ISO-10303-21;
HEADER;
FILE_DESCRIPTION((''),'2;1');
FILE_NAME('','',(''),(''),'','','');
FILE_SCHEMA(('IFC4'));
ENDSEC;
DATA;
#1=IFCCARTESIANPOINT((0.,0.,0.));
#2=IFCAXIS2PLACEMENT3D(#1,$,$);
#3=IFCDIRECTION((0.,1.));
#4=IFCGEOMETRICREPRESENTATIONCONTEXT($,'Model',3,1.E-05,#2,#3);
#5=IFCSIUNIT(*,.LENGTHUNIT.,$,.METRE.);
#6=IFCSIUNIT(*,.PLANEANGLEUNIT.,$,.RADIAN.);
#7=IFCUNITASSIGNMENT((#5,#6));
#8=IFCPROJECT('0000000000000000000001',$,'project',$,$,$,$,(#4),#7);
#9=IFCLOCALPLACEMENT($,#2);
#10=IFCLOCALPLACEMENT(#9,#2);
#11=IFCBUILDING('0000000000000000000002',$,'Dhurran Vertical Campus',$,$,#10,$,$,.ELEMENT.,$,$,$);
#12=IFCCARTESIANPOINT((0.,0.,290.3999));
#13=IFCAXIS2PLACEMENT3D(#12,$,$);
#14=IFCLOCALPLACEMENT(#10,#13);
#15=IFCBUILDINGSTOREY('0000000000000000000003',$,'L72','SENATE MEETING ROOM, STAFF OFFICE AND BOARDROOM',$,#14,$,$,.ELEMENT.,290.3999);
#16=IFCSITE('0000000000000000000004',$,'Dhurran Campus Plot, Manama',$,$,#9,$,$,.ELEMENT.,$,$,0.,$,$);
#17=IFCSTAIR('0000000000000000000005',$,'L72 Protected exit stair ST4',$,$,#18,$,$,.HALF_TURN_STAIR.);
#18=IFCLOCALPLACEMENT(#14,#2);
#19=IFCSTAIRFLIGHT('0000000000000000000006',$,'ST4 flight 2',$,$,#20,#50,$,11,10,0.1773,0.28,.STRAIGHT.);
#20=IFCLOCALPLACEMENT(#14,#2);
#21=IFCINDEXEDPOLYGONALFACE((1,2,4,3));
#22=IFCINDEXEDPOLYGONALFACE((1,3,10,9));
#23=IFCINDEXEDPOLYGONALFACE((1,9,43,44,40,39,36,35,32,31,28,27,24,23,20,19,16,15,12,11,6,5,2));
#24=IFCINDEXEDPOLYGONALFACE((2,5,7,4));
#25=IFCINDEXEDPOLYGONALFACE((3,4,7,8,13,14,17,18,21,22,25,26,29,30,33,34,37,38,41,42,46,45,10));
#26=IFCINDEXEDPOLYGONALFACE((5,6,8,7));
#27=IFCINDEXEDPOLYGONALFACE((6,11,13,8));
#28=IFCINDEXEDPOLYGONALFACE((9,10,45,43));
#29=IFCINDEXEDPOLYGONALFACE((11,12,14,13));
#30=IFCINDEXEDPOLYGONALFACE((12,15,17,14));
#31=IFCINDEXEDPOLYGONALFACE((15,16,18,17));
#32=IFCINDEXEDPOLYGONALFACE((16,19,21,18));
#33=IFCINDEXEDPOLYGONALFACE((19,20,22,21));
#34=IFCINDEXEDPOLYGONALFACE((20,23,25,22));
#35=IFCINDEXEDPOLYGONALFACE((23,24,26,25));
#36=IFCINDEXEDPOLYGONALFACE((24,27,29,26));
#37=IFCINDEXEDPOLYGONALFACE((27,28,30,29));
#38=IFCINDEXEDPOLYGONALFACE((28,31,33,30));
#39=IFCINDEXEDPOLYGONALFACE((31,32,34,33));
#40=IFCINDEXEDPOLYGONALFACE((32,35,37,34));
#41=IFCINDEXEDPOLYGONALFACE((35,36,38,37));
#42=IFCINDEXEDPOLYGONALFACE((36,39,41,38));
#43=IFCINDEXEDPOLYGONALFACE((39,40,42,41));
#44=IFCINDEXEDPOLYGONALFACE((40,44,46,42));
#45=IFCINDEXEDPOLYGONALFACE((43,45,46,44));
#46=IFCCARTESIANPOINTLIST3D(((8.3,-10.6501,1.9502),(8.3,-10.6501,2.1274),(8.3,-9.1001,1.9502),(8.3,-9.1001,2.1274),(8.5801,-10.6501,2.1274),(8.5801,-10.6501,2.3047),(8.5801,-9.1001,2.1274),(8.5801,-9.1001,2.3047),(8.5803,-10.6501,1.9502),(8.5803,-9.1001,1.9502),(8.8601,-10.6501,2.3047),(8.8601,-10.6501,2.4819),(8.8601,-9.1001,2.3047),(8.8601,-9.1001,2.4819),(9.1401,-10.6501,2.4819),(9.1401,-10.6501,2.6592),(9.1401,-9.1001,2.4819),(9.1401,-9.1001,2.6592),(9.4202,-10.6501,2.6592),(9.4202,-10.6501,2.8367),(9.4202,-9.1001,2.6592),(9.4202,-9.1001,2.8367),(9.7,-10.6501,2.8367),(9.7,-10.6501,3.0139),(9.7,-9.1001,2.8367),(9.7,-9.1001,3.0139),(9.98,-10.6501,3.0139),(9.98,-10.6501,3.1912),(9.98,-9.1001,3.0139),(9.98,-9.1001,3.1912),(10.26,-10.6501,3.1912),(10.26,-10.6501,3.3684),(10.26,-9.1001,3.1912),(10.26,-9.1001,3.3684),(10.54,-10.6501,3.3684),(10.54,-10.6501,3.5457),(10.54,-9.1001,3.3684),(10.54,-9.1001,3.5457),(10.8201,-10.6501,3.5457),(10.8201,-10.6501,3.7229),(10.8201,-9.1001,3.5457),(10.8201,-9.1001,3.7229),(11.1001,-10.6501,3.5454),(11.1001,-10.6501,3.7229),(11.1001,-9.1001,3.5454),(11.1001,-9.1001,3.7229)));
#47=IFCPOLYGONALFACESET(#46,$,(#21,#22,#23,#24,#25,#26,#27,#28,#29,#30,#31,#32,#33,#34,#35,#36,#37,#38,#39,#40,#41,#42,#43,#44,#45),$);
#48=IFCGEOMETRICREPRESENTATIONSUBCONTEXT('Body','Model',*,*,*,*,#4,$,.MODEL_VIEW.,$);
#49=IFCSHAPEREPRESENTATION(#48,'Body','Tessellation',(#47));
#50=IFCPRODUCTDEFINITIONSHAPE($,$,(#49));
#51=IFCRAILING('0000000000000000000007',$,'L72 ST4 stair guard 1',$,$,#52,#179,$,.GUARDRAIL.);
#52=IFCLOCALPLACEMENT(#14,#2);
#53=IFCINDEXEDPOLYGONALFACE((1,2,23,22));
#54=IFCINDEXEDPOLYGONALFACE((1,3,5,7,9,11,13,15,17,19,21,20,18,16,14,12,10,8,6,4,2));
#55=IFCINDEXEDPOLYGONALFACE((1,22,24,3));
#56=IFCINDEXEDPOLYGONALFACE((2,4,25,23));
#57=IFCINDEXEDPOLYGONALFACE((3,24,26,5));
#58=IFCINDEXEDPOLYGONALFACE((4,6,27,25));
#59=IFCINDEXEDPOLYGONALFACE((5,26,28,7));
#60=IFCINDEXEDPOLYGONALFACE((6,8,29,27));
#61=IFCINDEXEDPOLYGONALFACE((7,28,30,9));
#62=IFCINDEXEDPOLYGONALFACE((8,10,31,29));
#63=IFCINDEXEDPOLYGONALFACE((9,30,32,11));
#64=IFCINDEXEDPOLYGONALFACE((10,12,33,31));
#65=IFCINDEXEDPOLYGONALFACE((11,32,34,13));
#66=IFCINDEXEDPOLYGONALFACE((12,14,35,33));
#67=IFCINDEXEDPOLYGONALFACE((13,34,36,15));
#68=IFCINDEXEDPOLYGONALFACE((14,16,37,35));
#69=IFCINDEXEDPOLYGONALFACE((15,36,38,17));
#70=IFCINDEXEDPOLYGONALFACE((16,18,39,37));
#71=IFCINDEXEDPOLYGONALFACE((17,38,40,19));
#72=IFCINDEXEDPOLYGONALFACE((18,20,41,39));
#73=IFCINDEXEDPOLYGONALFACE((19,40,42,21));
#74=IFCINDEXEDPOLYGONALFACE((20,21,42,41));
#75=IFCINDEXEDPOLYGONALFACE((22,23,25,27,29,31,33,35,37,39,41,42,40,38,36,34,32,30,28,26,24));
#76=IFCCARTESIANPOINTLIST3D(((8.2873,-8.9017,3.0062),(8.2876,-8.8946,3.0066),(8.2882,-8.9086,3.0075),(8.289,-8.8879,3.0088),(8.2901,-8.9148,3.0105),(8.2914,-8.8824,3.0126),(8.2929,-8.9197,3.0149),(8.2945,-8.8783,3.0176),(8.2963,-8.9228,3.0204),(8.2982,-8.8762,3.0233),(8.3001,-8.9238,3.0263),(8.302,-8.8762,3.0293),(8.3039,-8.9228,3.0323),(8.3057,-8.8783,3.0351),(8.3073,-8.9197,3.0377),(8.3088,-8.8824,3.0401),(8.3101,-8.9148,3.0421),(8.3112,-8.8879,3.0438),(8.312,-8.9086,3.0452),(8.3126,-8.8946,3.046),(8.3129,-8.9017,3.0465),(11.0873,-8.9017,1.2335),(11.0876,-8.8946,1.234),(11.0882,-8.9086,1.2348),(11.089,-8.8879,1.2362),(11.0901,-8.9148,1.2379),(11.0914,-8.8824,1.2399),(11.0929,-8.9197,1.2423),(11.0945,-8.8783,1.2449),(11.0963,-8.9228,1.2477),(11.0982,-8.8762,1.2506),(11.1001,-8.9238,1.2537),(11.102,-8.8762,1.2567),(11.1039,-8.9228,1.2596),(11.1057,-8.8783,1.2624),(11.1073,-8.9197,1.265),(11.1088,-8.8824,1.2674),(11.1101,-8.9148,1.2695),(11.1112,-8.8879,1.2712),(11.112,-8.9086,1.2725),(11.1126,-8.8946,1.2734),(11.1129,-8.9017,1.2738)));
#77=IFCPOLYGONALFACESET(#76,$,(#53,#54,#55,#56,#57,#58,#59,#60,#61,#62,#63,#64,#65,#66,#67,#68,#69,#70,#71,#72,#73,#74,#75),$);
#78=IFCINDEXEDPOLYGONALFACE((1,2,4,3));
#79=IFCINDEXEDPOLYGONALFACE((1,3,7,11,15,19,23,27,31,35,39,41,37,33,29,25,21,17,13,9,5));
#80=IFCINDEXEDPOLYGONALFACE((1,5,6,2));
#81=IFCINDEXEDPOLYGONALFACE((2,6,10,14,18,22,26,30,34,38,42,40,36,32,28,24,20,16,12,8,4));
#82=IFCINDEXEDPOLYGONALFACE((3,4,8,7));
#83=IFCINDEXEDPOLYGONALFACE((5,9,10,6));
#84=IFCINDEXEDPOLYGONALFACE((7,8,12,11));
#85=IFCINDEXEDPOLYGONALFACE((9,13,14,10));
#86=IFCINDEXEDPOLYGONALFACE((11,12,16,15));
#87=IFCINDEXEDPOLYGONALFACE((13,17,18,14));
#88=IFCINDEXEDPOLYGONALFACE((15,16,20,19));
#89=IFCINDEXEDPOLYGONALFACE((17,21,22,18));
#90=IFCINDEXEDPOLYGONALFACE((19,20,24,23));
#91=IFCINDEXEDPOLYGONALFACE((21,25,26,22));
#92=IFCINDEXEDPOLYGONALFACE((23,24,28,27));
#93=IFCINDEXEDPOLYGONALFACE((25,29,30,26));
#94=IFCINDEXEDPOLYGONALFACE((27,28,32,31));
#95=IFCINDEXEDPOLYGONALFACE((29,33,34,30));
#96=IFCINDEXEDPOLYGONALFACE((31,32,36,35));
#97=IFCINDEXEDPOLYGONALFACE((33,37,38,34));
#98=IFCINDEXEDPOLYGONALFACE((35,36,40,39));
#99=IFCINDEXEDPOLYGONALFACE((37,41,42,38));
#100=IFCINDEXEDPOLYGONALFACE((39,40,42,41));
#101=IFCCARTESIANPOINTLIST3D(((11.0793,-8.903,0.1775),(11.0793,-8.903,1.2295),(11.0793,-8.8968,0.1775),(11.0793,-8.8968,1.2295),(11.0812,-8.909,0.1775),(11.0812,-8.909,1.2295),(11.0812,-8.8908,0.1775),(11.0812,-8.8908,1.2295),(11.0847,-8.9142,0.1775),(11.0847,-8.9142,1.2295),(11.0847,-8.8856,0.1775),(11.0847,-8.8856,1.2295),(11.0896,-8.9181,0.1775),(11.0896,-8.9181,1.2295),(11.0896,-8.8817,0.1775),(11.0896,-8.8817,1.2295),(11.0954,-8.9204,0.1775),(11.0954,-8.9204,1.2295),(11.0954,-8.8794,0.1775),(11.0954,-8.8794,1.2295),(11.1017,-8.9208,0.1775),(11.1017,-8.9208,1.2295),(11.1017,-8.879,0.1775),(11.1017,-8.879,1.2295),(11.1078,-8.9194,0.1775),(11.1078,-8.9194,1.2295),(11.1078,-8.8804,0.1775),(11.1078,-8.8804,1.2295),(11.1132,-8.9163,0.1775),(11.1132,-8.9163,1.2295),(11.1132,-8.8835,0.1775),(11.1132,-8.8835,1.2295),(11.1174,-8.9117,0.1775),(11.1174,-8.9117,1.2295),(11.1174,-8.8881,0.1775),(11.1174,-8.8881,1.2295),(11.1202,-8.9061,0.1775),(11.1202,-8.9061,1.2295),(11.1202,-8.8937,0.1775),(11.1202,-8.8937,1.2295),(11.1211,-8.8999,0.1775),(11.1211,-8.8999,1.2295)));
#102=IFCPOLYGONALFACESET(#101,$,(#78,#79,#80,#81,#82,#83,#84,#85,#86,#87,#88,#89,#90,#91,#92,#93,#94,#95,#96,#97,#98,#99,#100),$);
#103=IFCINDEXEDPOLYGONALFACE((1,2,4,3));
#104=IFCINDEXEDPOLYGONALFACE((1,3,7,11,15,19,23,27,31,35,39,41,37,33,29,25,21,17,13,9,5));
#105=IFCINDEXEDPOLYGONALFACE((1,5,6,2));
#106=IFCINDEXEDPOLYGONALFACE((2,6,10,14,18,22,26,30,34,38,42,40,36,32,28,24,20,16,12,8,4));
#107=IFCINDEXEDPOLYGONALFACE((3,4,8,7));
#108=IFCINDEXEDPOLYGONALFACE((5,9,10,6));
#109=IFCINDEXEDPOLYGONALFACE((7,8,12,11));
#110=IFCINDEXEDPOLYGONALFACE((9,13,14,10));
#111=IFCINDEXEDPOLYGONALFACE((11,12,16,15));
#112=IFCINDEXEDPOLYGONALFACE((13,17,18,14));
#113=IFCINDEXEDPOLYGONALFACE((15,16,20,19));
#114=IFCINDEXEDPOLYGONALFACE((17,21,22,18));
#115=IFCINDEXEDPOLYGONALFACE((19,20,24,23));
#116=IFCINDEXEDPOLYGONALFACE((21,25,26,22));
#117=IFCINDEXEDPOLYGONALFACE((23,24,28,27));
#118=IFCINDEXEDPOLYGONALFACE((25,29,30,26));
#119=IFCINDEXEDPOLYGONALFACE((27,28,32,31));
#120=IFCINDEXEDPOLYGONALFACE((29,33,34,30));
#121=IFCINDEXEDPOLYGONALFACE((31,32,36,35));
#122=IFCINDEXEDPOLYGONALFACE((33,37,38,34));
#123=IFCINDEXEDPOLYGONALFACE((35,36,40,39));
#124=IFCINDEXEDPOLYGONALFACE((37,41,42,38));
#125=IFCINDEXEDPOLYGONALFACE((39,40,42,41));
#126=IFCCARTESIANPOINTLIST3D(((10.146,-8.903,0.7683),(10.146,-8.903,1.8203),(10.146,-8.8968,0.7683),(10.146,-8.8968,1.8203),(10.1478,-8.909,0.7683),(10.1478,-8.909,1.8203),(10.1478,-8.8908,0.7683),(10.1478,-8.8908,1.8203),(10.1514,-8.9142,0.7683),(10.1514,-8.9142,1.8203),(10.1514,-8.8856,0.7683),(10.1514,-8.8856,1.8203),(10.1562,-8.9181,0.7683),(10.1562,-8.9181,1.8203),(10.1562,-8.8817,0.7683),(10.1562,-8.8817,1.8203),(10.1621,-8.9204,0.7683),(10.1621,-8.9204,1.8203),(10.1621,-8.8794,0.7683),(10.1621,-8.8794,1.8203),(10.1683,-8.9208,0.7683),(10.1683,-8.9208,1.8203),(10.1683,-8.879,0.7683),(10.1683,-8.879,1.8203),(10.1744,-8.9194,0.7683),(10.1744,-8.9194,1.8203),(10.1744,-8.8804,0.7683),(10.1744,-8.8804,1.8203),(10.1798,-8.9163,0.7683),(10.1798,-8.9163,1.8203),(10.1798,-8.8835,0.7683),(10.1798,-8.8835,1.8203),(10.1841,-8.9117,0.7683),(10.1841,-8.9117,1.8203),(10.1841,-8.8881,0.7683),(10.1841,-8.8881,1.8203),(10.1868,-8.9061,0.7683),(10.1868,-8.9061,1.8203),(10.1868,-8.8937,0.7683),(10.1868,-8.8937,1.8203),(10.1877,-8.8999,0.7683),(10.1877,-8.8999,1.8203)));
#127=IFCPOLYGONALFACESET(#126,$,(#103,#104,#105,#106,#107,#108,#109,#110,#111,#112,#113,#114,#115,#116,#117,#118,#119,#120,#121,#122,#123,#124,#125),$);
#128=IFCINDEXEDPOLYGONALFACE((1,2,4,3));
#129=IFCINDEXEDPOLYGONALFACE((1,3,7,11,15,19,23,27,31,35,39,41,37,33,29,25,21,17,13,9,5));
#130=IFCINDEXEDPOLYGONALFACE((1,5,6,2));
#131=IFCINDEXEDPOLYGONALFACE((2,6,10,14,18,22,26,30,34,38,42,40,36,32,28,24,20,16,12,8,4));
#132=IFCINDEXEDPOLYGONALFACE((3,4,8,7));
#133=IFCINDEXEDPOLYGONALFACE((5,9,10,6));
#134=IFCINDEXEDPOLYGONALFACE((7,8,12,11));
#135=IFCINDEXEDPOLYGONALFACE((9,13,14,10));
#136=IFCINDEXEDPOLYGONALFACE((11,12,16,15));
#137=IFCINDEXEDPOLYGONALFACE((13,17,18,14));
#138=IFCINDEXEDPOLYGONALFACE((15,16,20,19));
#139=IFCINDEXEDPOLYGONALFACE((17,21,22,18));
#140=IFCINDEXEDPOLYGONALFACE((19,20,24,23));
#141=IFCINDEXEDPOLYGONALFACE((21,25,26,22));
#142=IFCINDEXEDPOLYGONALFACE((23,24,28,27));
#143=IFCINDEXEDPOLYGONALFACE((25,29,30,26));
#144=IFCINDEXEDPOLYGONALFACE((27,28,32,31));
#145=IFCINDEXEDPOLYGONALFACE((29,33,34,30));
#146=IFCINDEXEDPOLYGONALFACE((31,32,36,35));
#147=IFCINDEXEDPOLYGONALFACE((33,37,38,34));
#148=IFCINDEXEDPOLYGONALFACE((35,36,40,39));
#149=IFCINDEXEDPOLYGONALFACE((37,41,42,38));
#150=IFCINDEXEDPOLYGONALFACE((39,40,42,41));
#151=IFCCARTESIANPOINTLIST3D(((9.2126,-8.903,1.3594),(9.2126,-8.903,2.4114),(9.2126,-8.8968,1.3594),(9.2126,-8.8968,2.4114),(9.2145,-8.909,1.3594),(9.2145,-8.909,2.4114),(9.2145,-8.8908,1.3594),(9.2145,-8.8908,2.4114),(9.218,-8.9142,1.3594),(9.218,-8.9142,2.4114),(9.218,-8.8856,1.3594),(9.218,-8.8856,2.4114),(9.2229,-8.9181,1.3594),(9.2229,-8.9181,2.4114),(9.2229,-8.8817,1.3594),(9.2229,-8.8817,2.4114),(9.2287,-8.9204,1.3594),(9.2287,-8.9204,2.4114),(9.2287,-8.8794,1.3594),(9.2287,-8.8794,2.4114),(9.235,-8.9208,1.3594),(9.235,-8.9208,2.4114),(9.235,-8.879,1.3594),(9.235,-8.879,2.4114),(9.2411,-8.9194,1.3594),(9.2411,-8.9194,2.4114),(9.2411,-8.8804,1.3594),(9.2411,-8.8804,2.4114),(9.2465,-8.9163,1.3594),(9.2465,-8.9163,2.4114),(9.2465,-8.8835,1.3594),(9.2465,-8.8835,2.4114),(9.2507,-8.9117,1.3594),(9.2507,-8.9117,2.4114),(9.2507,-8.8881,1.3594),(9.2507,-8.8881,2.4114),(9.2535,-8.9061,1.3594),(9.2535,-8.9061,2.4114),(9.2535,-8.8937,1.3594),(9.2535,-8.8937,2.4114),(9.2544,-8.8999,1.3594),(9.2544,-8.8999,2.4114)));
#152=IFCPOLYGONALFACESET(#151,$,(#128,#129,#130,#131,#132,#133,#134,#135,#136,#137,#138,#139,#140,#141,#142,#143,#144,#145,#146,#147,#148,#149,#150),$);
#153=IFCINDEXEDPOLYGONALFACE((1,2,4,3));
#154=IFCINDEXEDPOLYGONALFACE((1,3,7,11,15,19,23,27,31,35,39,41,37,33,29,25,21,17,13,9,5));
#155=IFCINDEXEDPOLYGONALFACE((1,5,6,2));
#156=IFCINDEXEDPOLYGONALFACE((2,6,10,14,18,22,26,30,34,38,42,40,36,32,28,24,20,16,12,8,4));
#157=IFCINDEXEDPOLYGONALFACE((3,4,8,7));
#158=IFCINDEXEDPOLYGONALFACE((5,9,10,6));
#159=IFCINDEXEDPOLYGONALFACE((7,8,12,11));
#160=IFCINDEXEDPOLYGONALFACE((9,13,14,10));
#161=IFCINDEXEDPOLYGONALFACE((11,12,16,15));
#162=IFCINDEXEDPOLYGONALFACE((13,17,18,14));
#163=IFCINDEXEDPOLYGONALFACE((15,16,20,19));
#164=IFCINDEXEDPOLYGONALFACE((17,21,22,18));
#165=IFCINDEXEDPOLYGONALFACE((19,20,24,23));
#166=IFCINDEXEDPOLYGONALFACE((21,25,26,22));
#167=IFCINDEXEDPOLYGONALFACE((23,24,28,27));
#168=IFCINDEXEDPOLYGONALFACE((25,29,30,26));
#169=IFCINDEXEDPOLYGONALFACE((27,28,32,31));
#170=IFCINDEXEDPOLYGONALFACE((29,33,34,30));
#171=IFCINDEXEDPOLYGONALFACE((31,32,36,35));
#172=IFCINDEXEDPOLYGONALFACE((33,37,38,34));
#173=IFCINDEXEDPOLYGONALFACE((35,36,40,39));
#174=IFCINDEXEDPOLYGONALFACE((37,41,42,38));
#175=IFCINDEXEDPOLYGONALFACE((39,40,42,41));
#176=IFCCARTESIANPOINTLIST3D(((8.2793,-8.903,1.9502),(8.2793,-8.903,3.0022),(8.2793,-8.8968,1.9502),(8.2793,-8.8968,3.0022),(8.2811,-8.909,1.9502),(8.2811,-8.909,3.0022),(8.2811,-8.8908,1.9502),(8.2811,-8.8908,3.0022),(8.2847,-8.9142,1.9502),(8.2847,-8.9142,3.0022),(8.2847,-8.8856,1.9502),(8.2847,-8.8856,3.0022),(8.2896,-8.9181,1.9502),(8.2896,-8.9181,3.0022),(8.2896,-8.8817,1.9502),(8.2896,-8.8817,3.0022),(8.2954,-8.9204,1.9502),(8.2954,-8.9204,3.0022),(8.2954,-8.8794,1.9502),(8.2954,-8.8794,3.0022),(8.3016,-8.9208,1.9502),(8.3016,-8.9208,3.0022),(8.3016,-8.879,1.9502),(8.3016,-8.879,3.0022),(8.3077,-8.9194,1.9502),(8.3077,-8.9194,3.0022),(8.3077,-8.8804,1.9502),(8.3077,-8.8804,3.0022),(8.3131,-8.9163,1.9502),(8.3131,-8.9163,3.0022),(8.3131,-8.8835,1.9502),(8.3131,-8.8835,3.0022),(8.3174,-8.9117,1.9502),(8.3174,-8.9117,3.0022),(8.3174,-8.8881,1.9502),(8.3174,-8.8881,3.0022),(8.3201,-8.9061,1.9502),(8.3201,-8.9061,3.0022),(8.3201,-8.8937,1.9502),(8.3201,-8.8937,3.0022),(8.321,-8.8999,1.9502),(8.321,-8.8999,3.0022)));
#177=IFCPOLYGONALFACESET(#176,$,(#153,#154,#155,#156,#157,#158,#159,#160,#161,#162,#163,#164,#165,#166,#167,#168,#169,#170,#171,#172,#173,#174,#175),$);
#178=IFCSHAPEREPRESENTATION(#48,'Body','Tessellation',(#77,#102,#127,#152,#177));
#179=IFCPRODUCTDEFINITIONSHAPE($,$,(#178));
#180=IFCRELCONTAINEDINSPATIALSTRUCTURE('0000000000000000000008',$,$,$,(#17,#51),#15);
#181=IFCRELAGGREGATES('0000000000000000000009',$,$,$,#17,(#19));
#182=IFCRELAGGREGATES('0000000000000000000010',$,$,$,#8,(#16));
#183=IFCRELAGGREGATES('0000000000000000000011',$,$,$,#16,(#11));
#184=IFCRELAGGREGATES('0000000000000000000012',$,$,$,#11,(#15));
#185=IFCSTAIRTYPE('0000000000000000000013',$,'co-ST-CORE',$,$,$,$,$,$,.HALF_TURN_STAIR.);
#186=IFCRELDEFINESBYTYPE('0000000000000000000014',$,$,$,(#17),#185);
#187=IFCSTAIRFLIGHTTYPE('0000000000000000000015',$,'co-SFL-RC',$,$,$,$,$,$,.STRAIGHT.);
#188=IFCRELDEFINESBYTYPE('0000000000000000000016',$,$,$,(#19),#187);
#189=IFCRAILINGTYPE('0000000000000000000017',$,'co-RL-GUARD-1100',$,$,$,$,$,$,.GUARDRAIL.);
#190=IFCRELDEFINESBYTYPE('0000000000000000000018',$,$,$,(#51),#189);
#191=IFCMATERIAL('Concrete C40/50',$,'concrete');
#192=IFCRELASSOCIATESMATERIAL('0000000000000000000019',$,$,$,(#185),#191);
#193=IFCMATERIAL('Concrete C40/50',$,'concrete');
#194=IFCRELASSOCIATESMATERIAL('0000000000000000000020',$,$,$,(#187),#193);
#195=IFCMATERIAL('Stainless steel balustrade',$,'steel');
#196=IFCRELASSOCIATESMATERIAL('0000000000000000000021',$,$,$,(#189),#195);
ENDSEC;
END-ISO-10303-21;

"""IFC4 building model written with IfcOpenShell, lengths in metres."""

from ifc_helpers import new_model, si_unit, direction, frame, origin, origin_2d, place, context, subcontext, project, spatial, polyline, circle, outline, extrude, material, type_object, element, aggregate, save


model = new_model("IFC4")

# Units and contexts
model_context = context("Model", 3, precision=1e-05, world=origin(), true_north=direction((0.0, 1.0)))
body_context = subcontext(model_context, "Body", "Model", "MODEL_VIEW")
ifc_project = project(units=[si_unit("LENGTHUNIT", "METRE"), si_unit("PLANEANGLEUNIT", "RADIAN")], contexts=[model_context])

# Site, building, storey
site_placement = place(None, origin())
site = spatial("IfcSite", under=ifc_project, at=site_placement, Name="Dhurran Campus Plot, Manama", CompositionType="ELEMENT", RefElevation=0.0)
building_placement = place(site_placement, origin())
building = spatial("IfcBuilding", under=site, at=building_placement, Name="Dhurran Vertical Campus", CompositionType="ELEMENT")
storey_placement = place(building_placement, frame((0.0, 0.0, 290.3999)))
storey = spatial("IfcBuildingStorey", under=building, at=storey_placement, Name="L72", Description="SENATE MEETING ROOM, STAFF OFFICE AND BOARDROOM", CompositionType="ELEMENT", Elevation=290.3999)

# Stair, stair flight
ifc_material_1 = material(Name="Concrete C40/50", Category="concrete")
stair_type = type_object("IfcStairType", Name="co-ST-CORE", PredefinedType="HALF_TURN_STAIR", material=ifc_material_1)
stair_placement = place(storey_placement, origin())
stair = element("IfcStair", 1, at=stair_placement, inside=storey, type_object=stair_type, Name="L72 Protected exit stair ST4", PredefinedType="HALF_TURN_STAIR")
ifc_material_2 = material(Name="Concrete C40/50", Category="concrete")
stair_flight_type = type_object("IfcStairFlightType", Name="co-SFL-RC", PredefinedType="STRAIGHT", material=ifc_material_2)
stair_flight_placement = place(storey_placement, frame((8.3, -9.875, 1.9502), z_axis=(0.0, 0.0, 1.0), x_axis=(1.0, 0.0, 0.0)))
stair_flight = element("IfcStairFlight", 2, at=stair_flight_placement, type_object=stair_flight_type, Name="ST4 flight 2", NumberOfRisers=11, NumberOfTreads=10, PredefinedType="STRAIGHT", RiserHeight=0.1773, TreadLength=0.28, context=body_context, shape_type="SweptSolid", body=[
    extrude(outline(polyline([(0.0, 0.0), (0.0, 0.1772), (0.28, 0.1772), (0.28, 0.3545), (0.5601, 0.3545), (0.5601, 0.5317), (0.8401, 0.5317), (0.8401, 0.709), (1.1201, 0.709), (1.1201, 0.8865), (1.3999, 0.8865), (1.3999, 1.0637), (1.6799, 1.0637), (1.6799, 1.241), (1.96, 1.241), (1.96, 1.4182), (2.24, 1.4182), (2.24, 1.5955), (2.52, 1.5955), (2.52, 1.7727), (2.8, 1.7727), (2.8, 1.95), (2.8, 1.5952), (0.2803, 0.0), (0.0, 0.0)])), frame((0.0, 0.7749, 0.0), z_axis=(0.0, -1.0, 0.0), x_axis=(1.0, 0.0, 0.0)), (0.0, 0.0, 1.0), 1.55),
])
aggregate(stair, [stair_flight])

# Railing
ifc_material_3 = material(Name="Stainless steel balustrade", Category="steel")
railing_type_1 = type_object("IfcRailingType", Name="co-RL-GUARD-1100", PredefinedType="GUARDRAIL", material=ifc_material_3)
railing_1_placement = place(storey_placement, frame((11.1001, -8.8999, 0.1775)))
element("IfcRailing", 3, at=railing_1_placement, inside=storey, type_object=railing_type_1, Name="L72 ST4 stair guard 1", PredefinedType="GUARDRAIL", context=body_context, shape_type="SweptSolid", body=[
    extrude(circle(Radius=0.0239, at=origin_2d()), frame((0.0, 0.0, 1.0762), z_axis=(-0.844909, 0.0, 0.53491), x_axis=(0.0, -1.0, 0.0)), (0.0, 0.0, 1.0), 3.314),
    extrude(circle(Radius=0.021, at=origin_2d()), origin(), (0.0, 0.0, 1.0), 1.052),
    extrude(circle(Radius=0.021, at=origin_2d()), frame((-0.9333, 0.0, 0.5908)), (0.0, 0.0, 1.0), 1.052),
    extrude(circle(Radius=0.021, at=origin_2d()), frame((-1.8667, 0.0, 1.1819)), (0.0, 0.0, 1.0), 1.052),
    extrude(circle(Radius=0.021, at=origin_2d()), frame((-2.8, 0.0, 1.7727)), (0.0, 0.0, 1.0), 1.052),
])

save(model, "model.ifc")
